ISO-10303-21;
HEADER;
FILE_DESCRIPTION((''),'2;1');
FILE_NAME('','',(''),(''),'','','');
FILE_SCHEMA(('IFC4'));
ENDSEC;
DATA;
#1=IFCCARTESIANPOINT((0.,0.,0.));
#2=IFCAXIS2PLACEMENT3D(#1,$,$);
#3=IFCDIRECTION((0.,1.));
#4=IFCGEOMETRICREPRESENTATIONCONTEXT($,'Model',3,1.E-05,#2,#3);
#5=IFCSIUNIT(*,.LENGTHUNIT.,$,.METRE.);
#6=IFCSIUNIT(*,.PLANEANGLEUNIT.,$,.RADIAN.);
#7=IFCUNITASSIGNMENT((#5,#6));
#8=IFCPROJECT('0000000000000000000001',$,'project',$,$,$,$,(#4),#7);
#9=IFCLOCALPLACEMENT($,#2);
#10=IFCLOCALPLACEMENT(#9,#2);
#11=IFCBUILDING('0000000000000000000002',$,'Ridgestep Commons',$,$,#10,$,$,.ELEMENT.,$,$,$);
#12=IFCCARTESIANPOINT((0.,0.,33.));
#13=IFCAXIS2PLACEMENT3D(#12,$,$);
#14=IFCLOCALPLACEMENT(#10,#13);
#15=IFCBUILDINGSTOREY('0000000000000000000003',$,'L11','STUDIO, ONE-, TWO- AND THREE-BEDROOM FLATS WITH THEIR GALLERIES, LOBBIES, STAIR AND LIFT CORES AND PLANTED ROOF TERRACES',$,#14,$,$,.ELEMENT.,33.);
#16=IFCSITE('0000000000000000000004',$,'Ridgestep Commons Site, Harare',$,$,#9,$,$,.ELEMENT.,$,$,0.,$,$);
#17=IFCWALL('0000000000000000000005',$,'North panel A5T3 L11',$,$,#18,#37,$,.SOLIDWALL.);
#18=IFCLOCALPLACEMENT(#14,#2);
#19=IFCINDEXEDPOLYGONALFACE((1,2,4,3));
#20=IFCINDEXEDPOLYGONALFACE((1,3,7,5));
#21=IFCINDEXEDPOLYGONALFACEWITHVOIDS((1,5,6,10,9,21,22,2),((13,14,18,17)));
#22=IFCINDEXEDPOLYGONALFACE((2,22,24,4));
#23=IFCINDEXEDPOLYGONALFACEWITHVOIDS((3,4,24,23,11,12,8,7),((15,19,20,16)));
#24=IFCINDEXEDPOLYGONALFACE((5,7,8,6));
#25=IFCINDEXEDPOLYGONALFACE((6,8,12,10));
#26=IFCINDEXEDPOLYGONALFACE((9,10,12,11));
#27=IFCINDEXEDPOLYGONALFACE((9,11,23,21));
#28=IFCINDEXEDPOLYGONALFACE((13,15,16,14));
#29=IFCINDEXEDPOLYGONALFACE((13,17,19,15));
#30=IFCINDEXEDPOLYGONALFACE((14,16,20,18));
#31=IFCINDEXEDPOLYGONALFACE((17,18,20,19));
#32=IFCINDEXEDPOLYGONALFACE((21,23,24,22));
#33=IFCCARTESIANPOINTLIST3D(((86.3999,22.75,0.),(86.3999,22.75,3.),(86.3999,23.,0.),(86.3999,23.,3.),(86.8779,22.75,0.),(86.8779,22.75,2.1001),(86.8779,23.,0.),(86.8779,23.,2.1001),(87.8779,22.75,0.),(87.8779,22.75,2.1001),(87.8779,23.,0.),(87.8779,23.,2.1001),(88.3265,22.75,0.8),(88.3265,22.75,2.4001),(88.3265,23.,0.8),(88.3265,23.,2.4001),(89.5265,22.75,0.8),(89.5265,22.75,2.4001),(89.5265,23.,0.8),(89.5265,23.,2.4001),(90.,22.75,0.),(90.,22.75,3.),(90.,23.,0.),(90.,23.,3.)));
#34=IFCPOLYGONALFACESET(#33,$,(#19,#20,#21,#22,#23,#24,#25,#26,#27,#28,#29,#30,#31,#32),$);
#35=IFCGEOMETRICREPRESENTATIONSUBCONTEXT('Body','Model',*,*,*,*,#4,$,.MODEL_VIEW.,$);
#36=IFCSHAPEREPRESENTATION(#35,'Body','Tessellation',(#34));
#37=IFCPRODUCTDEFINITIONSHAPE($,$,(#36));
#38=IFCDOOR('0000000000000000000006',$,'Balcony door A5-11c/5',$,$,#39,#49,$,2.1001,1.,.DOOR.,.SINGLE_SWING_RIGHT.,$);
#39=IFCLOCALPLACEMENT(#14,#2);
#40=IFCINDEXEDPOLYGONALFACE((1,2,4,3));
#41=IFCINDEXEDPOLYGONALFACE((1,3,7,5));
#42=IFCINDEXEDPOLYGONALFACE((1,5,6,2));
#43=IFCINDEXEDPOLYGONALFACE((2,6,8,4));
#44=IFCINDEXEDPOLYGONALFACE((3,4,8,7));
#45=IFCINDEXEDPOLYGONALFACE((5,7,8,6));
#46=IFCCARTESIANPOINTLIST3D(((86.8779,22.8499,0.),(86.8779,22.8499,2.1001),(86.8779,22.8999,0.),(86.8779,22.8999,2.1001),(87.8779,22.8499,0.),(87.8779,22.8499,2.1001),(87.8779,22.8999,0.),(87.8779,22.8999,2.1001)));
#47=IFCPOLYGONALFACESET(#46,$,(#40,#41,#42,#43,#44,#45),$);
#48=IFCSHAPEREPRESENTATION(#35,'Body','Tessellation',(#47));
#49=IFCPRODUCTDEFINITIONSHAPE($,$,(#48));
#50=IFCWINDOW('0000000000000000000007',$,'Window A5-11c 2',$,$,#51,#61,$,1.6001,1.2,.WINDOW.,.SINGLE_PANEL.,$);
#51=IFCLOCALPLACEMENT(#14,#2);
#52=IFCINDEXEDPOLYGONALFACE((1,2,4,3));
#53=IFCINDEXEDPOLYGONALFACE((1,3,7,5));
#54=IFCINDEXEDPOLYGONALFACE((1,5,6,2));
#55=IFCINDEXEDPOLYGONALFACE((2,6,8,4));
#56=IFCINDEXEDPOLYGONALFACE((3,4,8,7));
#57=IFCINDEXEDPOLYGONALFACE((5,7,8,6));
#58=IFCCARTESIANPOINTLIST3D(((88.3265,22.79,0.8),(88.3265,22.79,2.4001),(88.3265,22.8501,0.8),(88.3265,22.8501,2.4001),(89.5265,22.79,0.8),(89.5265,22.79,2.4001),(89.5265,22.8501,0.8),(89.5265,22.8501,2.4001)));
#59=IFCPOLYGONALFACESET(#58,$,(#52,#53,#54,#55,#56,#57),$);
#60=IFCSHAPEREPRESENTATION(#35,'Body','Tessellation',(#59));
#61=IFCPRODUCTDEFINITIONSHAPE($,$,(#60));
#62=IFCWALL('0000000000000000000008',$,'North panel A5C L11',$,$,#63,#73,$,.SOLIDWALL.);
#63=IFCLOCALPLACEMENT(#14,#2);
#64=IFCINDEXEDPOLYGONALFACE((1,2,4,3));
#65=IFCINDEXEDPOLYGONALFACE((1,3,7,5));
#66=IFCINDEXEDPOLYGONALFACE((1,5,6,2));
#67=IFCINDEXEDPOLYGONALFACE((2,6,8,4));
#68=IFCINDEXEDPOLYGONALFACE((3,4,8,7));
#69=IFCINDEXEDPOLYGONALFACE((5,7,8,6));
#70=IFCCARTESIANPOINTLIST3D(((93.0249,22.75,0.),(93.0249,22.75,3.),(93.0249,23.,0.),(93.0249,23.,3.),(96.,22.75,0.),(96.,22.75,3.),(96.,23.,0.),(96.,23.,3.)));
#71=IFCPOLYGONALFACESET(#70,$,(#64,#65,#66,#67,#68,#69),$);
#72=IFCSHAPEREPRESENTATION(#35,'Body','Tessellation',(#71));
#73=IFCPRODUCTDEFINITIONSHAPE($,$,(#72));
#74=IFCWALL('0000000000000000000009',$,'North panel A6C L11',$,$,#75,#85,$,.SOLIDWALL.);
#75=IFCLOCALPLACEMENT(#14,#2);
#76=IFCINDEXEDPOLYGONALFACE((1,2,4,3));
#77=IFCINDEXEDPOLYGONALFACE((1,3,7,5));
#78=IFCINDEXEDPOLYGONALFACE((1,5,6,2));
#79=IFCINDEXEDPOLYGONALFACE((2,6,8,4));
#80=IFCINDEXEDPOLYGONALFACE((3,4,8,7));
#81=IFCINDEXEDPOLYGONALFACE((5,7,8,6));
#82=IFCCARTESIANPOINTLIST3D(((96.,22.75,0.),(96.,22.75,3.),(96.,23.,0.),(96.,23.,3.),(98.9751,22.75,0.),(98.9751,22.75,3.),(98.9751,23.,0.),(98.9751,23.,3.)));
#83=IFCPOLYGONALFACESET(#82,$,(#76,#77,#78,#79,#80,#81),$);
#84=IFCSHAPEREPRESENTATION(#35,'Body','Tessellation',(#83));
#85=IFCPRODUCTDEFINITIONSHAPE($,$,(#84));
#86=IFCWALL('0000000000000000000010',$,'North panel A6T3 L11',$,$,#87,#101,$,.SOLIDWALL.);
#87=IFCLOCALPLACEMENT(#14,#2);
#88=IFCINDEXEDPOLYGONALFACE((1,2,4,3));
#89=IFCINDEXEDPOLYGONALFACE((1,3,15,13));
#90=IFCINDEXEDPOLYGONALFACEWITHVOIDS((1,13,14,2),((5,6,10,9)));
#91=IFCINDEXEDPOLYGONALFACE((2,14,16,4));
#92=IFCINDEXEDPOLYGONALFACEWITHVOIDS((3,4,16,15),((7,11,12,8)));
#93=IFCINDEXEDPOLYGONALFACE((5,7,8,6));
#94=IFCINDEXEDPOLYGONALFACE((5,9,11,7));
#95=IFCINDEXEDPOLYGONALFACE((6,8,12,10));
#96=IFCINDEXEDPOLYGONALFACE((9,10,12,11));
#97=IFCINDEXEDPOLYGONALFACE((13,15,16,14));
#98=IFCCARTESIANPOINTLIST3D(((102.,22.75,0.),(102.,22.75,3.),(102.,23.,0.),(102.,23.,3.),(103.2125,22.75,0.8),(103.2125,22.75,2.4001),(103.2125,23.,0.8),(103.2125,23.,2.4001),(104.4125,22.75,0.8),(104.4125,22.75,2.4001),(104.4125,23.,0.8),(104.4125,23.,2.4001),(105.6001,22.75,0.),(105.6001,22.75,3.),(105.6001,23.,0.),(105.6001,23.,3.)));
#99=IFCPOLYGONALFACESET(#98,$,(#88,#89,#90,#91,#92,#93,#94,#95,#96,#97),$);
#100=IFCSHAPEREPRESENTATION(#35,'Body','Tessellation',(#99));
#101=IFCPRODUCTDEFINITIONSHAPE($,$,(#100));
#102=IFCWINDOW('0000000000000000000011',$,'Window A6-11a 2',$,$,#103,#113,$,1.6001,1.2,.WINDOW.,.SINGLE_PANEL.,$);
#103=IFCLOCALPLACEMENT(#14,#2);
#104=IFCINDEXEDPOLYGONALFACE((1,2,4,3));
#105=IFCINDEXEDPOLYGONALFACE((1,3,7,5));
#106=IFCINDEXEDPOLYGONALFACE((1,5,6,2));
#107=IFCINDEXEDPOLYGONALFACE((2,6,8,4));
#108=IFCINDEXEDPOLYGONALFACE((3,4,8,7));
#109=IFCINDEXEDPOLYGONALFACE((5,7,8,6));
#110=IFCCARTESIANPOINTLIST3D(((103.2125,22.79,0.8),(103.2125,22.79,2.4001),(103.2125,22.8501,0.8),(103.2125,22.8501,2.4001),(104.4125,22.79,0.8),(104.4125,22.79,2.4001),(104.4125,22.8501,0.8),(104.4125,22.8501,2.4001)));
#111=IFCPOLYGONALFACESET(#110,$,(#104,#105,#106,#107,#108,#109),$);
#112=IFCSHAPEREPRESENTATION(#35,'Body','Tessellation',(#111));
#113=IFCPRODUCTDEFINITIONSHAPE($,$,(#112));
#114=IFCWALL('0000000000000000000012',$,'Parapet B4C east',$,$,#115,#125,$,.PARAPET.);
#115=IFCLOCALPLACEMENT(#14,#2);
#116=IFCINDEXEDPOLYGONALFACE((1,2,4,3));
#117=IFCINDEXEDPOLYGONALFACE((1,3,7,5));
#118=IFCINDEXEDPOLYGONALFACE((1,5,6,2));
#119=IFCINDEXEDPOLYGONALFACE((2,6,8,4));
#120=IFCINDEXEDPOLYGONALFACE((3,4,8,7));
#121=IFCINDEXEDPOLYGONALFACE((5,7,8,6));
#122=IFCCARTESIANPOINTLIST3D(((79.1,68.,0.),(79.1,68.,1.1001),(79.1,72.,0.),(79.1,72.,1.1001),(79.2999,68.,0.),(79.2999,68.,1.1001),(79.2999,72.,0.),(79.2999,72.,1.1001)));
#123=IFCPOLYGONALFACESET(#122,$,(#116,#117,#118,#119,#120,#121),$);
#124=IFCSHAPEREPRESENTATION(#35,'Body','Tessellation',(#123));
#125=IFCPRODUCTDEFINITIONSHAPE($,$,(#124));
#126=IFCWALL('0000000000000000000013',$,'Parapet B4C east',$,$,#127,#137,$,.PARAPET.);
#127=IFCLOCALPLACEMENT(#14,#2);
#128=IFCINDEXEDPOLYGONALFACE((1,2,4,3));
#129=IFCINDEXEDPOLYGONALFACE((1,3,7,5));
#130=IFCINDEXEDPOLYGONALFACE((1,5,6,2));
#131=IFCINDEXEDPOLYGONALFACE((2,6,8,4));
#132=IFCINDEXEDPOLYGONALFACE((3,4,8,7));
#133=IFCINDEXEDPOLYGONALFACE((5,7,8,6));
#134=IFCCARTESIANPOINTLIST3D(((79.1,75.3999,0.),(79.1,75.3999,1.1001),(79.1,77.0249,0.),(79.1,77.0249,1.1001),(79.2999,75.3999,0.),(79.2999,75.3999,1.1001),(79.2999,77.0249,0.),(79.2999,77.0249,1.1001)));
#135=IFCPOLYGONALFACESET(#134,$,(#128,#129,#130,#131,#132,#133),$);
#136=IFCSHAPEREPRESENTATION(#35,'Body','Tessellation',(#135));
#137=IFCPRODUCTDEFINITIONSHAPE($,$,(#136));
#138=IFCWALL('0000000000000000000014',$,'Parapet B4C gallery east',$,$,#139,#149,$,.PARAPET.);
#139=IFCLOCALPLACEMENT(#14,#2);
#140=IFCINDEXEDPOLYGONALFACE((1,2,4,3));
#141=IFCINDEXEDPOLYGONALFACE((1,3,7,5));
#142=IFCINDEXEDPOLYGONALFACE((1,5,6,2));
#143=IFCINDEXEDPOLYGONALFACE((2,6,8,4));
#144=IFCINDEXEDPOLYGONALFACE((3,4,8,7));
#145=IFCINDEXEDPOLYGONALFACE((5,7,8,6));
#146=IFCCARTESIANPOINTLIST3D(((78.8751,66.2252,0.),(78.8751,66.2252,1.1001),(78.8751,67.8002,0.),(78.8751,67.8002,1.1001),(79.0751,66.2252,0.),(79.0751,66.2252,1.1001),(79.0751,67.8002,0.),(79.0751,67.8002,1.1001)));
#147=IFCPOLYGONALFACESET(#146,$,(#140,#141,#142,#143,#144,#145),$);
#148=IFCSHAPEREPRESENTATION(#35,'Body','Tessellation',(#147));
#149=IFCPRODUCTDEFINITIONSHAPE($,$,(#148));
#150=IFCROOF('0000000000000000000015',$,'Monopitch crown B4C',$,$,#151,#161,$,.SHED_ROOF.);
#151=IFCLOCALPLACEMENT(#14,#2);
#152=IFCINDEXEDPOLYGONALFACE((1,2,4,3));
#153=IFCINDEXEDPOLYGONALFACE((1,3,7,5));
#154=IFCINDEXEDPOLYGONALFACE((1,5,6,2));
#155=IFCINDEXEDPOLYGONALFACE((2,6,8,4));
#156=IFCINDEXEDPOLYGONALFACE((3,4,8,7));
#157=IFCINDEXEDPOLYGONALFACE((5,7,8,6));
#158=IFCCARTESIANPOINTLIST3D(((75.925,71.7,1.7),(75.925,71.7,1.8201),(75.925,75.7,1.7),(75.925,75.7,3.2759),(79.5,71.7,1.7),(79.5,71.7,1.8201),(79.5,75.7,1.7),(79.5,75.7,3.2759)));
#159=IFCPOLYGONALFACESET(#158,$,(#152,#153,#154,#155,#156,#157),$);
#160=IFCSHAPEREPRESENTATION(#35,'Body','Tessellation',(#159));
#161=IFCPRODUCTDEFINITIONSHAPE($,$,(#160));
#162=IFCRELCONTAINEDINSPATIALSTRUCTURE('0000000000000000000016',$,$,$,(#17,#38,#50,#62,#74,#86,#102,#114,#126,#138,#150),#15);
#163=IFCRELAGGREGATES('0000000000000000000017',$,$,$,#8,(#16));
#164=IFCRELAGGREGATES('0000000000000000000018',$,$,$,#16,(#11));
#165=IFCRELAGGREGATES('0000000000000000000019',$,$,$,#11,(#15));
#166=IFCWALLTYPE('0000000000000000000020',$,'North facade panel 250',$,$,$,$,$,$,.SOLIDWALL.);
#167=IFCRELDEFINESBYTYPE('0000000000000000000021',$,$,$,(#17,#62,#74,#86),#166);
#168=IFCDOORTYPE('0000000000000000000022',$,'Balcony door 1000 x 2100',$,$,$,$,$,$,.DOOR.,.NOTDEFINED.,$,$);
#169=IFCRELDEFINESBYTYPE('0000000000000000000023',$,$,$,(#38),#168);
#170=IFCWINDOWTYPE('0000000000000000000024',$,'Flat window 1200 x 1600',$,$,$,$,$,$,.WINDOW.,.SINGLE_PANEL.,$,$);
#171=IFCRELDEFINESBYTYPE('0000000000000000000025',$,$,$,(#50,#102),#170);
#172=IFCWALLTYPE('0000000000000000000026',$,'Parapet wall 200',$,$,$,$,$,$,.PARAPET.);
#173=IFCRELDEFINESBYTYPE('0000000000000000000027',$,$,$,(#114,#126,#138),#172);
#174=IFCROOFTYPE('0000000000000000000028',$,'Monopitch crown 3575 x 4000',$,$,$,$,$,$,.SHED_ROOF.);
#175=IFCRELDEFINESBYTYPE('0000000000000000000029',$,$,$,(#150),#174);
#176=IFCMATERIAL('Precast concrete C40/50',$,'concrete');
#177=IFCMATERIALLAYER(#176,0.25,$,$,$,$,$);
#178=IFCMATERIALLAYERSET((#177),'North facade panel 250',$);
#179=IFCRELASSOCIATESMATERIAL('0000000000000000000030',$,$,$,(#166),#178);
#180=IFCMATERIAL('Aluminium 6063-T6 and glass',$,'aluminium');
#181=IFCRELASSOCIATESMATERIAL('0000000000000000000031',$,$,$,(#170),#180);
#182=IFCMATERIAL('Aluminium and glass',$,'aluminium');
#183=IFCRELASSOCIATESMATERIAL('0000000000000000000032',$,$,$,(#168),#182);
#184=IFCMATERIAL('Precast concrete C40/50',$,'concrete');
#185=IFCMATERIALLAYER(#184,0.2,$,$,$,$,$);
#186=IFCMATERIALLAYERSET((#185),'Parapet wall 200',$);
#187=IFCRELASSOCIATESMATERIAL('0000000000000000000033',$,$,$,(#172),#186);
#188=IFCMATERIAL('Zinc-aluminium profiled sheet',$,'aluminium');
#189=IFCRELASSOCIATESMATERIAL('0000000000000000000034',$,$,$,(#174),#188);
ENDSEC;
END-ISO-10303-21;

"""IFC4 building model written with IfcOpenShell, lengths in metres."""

from ifc_helpers import new_model, si_unit, direction, frame, frame_2d, origin, place, context, subcontext, project, spatial, polyline, rectangle, outline, extrude, material, layer, layer_set, type_object, element, fill, save


model = new_model("IFC4")

# Units and contexts
model_context = context("Model", 3, precision=1e-05, world=origin(), true_north=direction((0.0, 1.0)))
body_context = subcontext(model_context, "Body", "Model", "MODEL_VIEW")
ifc_project = project(units=[si_unit("LENGTHUNIT", "METRE"), si_unit("PLANEANGLEUNIT", "RADIAN")], contexts=[model_context])

# Site, building, storey
site_placement = place(None, origin())
site = spatial("IfcSite", under=ifc_project, at=site_placement, Name="Ridgestep Commons Site, Harare", CompositionType="ELEMENT", RefElevation=0.0)
building_placement = place(site_placement, origin())
building = spatial("IfcBuilding", under=site, at=building_placement, Name="Ridgestep Commons", CompositionType="ELEMENT")
storey_placement = place(building_placement, frame((0.0, 0.0, 33.0)))
storey = spatial("IfcBuildingStorey", under=building, at=storey_placement, Name="L11", Description="STUDIO, ONE-, TWO- AND THREE-BEDROOM FLATS WITH THEIR GALLERIES, LOBBIES, STAIR AND LIFT CORES AND PLANTED ROOF TERRACES", CompositionType="ELEMENT", Elevation=33.0)

# Shared definitions
ifc_material_1 = material(Name="Precast concrete C40/50", Category="concrete")
ifc_layer_1 = layer(ifc_material_1, 0.25)
ifc_layer_set_1 = layer_set([ifc_layer_1], Name="North facade panel 250")
wall_type_1 = type_object("IfcWallType", Name="North facade panel 250", PredefinedType="SOLIDWALL", material=ifc_layer_set_1)

# Shared definitions
ifc_material_2 = material(Name="Aluminium 6063-T6 and glass", Category="aluminium")
window_type = type_object("IfcWindowType", Name="Flat window 1200 x 1600", PartitioningType="SINGLE_PANEL", PredefinedType="WINDOW", material=ifc_material_2)

# Wall, openings, door, window
wall_1_placement = place(storey_placement, frame((86.3999, 22.875, 0.0), z_axis=(0.0, 0.0, 1.0), x_axis=(1.0, 0.0, 0.0)))
wall_1 = element("IfcWall", 1, at=wall_1_placement, inside=storey, type_object=wall_type_1, Name="North panel A5T3 L11", PredefinedType="SOLIDWALL", context=body_context, shape_type="SweptSolid", body=[
    extrude(rectangle(XDim=3.6001, YDim=0.25, at=frame_2d((1.8, 0.0))), origin(), (0.0, 0.0, 1.0), 3.0),
])
opening_1_placement = place(wall_1_placement, frame((1.9265, 0.0, 0.8)))
opening_1 = element("IfcOpeningElement", 2, at=opening_1_placement, cuts=wall_1, PredefinedType="OPENING", context=body_context, shape_type="SweptSolid", body=[
    extrude(rectangle(XDim=1.2, YDim=1.6001, at=frame_2d((0.6001, 0.8))), frame((0.0, 0.135, 0.0), z_axis=(0.0, -1.0, 0.0), x_axis=(1.0, 0.0, 0.0)), (0.0, 0.0, 1.0), 0.27),
])
opening_2_placement = place(wall_1_placement, frame((0.478, 0.0, 0.0)))
opening_2 = element("IfcOpeningElement", 3, at=opening_2_placement, cuts=wall_1, PredefinedType="OPENING", context=body_context, shape_type="SweptSolid", body=[
    extrude(rectangle(XDim=1.0, YDim=2.1001, at=frame_2d((0.5, 1.05))), frame((0.0, 0.135, 0.0), z_axis=(0.0, -1.0, 0.0), x_axis=(1.0, 0.0, 0.0)), (0.0, 0.0, 1.0), 0.27),
])
ifc_material_3 = material(Name="Aluminium and glass", Category="aluminium")
door_type = type_object("IfcDoorType", Name="Balcony door 1000 x 2100", OperationType="NOTDEFINED", PredefinedType="DOOR", material=ifc_material_3)
door_placement = place(opening_2_placement, origin())
door = element("IfcDoor", 4, at=door_placement, inside=storey, type_object=door_type, Name="Balcony door A5-11c/5", OperationType="SINGLE_SWING_RIGHT", OverallHeight=2.1001, OverallWidth=1.0, PredefinedType="DOOR", context=body_context, shape_type="SweptSolid", body=[
    extrude(rectangle(XDim=1.0, YDim=2.1001, at=frame_2d((0.5, 1.05))), frame((0.0, 0.0249, 0.0), z_axis=(0.0, -1.0, 0.0), x_axis=(1.0, 0.0, 0.0)), (0.0, 0.0, 1.0), 0.05),
])
fill(opening_2, door)
window_1_placement = place(opening_1_placement, origin())
window_1 = element("IfcWindow", 5, at=window_1_placement, inside=storey, type_object=window_type, Name="Window A5-11c 2", OverallHeight=1.6001, OverallWidth=1.2, PartitioningType="SINGLE_PANEL", PredefinedType="WINDOW", context=body_context, shape_type="SweptSolid", body=[
    extrude(rectangle(XDim=1.2, YDim=1.6001, at=frame_2d((0.6001, 0.8))), frame((0.0, -0.0249, 0.0), z_axis=(0.0, -1.0, 0.0), x_axis=(1.0, 0.0, 0.0)), (0.0, 0.0, 1.0), 0.0601),
])
fill(opening_1, window_1)

# Walls
for number, where, z_axis, x_axis, name in (
    (6, (93.0249, 22.875, 0.0), (0.0, 0.0, 1.0), (1.0, 0.0, 0.0), "North panel A5C L11"),
    (7, (96.0, 22.875, 0.0), (0.0, 0.0, 1.0), (1.0, 0.0, 0.0), "North panel A6C L11"),
):
    element("IfcWall", number, at=place(storey_placement, frame(where, z_axis=z_axis, x_axis=x_axis)), inside=storey, type_object=wall_type_1, Name=name, PredefinedType="SOLIDWALL", context=body_context, shape_type="SweptSolid", body=[
        extrude(rectangle(XDim=2.9751, YDim=0.25, at=frame_2d((1.4875, 0.0))), origin(), (0.0, 0.0, 1.0), 3.0),
    ])

# Wall, opening, window
wall_2_placement = place(storey_placement, frame((102.0, 22.875, 0.0), z_axis=(0.0, 0.0, 1.0), x_axis=(1.0, 0.0, 0.0)))
wall_2 = element("IfcWall", 8, at=wall_2_placement, inside=storey, type_object=wall_type_1, Name="North panel A6T3 L11", PredefinedType="SOLIDWALL", context=body_context, shape_type="SweptSolid", body=[
    extrude(rectangle(XDim=3.6001, YDim=0.25, at=frame_2d((1.8, 0.0))), origin(), (0.0, 0.0, 1.0), 3.0),
])
opening_3_placement = place(wall_2_placement, frame((1.2124, 0.0, 0.8)))
opening_3 = element("IfcOpeningElement", 9, at=opening_3_placement, cuts=wall_2, PredefinedType="OPENING", context=body_context, shape_type="SweptSolid", body=[
    extrude(rectangle(XDim=1.2, YDim=1.6001, at=frame_2d((0.6001, 0.8))), frame((0.0, 0.135, 0.0), z_axis=(0.0, -1.0, 0.0), x_axis=(1.0, 0.0, 0.0)), (0.0, 0.0, 1.0), 0.27),
])
window_2_placement = place(opening_3_placement, origin())
window_2 = element("IfcWindow", 10, at=window_2_placement, inside=storey, type_object=window_type, Name="Window A6-11a 2", OverallHeight=1.6001, OverallWidth=1.2, PartitioningType="SINGLE_PANEL", PredefinedType="WINDOW", context=body_context, shape_type="SweptSolid", body=[
    extrude(rectangle(XDim=1.2, YDim=1.6001, at=frame_2d((0.6001, 0.8))), frame((0.0, -0.0249, 0.0), z_axis=(0.0, -1.0, 0.0), x_axis=(1.0, 0.0, 0.0)), (0.0, 0.0, 1.0), 0.0601),
])
fill(opening_3, window_2)

# Walls
ifc_material_4 = material(Name="Precast concrete C40/50", Category="concrete")
ifc_layer_2 = layer(ifc_material_4, 0.2)
ifc_layer_set_2 = layer_set([ifc_layer_2], Name="Parapet wall 200")
wall_type_2 = type_object("IfcWallType", Name="Parapet wall 200", PredefinedType="PARAPET", material=ifc_layer_set_2)
wall_3_placement = place(storey_placement, frame((79.2, 68.0, 0.0), z_axis=(0.0, 0.0, 1.0), x_axis=(0.0, 1.0, 0.0)))
element("IfcWall", 11, at=wall_3_placement, inside=storey, type_object=wall_type_2, Name="Parapet B4C east", PredefinedType="PARAPET", context=body_context, shape_type="SweptSolid", body=[
    extrude(rectangle(XDim=4.0, YDim=0.2, at=frame_2d((2.0, 0.0))), origin(), (0.0, 0.0, 1.0), 1.1001),
])
wall_4_placement = place(storey_placement, frame((79.2, 75.3999, 0.0), z_axis=(0.0, 0.0, 1.0), x_axis=(0.0, 1.0, 0.0)))
element("IfcWall", 12, at=wall_4_placement, inside=storey, type_object=wall_type_2, Name="Parapet B4C east", PredefinedType="PARAPET", context=body_context, shape_type="SweptSolid", body=[
    extrude(rectangle(XDim=1.625, YDim=0.2, at=frame_2d((0.8125, 0.0))), origin(), (0.0, 0.0, 1.0), 1.1001),
])
wall_5_placement = place(storey_placement, frame((78.9751, 66.2251, 0.0), z_axis=(0.0, 0.0, 1.0), x_axis=(0.0, 1.0, 0.0)))
element("IfcWall", 13, at=wall_5_placement, inside=storey, type_object=wall_type_2, Name="Parapet B4C gallery east", PredefinedType="PARAPET", context=body_context, shape_type="SweptSolid", body=[
    extrude(rectangle(XDim=1.575, YDim=0.2, at=frame_2d((0.7876, 0.0))), origin(), (0.0, 0.0, 1.0), 1.1001),
])

# Roof
ifc_material_5 = material(Name="Zinc-aluminium profiled sheet", Category="aluminium")
roof_type = type_object("IfcRoofType", Name="Monopitch crown 3575 x 4000", PredefinedType="SHED_ROOF", material=ifc_material_5)
roof_placement = place(storey_placement, frame((77.7124, 75.7, 1.7), z_axis=(0.0, 0.0, 1.0), x_axis=(0.0, -1.0, 0.0)))
element("IfcRoof", 14, at=roof_placement, inside=storey, type_object=roof_type, Name="Monopitch crown B4C", PredefinedType="SHED_ROOF", context=body_context, shape_type="SweptSolid", body=[
    extrude(outline(polyline([(0.0, 0.0), (4.0, 0.0), (4.0, 0.1201), (0.0, 1.5759), (0.0, 0.0)])), frame((0.0, 1.7876, 0.0), z_axis=(0.0, -1.0, 0.0), x_axis=(1.0, 0.0, 0.0)), (0.0, 0.0, 1.0), 3.575),
])

save(model, "model.ifc")
